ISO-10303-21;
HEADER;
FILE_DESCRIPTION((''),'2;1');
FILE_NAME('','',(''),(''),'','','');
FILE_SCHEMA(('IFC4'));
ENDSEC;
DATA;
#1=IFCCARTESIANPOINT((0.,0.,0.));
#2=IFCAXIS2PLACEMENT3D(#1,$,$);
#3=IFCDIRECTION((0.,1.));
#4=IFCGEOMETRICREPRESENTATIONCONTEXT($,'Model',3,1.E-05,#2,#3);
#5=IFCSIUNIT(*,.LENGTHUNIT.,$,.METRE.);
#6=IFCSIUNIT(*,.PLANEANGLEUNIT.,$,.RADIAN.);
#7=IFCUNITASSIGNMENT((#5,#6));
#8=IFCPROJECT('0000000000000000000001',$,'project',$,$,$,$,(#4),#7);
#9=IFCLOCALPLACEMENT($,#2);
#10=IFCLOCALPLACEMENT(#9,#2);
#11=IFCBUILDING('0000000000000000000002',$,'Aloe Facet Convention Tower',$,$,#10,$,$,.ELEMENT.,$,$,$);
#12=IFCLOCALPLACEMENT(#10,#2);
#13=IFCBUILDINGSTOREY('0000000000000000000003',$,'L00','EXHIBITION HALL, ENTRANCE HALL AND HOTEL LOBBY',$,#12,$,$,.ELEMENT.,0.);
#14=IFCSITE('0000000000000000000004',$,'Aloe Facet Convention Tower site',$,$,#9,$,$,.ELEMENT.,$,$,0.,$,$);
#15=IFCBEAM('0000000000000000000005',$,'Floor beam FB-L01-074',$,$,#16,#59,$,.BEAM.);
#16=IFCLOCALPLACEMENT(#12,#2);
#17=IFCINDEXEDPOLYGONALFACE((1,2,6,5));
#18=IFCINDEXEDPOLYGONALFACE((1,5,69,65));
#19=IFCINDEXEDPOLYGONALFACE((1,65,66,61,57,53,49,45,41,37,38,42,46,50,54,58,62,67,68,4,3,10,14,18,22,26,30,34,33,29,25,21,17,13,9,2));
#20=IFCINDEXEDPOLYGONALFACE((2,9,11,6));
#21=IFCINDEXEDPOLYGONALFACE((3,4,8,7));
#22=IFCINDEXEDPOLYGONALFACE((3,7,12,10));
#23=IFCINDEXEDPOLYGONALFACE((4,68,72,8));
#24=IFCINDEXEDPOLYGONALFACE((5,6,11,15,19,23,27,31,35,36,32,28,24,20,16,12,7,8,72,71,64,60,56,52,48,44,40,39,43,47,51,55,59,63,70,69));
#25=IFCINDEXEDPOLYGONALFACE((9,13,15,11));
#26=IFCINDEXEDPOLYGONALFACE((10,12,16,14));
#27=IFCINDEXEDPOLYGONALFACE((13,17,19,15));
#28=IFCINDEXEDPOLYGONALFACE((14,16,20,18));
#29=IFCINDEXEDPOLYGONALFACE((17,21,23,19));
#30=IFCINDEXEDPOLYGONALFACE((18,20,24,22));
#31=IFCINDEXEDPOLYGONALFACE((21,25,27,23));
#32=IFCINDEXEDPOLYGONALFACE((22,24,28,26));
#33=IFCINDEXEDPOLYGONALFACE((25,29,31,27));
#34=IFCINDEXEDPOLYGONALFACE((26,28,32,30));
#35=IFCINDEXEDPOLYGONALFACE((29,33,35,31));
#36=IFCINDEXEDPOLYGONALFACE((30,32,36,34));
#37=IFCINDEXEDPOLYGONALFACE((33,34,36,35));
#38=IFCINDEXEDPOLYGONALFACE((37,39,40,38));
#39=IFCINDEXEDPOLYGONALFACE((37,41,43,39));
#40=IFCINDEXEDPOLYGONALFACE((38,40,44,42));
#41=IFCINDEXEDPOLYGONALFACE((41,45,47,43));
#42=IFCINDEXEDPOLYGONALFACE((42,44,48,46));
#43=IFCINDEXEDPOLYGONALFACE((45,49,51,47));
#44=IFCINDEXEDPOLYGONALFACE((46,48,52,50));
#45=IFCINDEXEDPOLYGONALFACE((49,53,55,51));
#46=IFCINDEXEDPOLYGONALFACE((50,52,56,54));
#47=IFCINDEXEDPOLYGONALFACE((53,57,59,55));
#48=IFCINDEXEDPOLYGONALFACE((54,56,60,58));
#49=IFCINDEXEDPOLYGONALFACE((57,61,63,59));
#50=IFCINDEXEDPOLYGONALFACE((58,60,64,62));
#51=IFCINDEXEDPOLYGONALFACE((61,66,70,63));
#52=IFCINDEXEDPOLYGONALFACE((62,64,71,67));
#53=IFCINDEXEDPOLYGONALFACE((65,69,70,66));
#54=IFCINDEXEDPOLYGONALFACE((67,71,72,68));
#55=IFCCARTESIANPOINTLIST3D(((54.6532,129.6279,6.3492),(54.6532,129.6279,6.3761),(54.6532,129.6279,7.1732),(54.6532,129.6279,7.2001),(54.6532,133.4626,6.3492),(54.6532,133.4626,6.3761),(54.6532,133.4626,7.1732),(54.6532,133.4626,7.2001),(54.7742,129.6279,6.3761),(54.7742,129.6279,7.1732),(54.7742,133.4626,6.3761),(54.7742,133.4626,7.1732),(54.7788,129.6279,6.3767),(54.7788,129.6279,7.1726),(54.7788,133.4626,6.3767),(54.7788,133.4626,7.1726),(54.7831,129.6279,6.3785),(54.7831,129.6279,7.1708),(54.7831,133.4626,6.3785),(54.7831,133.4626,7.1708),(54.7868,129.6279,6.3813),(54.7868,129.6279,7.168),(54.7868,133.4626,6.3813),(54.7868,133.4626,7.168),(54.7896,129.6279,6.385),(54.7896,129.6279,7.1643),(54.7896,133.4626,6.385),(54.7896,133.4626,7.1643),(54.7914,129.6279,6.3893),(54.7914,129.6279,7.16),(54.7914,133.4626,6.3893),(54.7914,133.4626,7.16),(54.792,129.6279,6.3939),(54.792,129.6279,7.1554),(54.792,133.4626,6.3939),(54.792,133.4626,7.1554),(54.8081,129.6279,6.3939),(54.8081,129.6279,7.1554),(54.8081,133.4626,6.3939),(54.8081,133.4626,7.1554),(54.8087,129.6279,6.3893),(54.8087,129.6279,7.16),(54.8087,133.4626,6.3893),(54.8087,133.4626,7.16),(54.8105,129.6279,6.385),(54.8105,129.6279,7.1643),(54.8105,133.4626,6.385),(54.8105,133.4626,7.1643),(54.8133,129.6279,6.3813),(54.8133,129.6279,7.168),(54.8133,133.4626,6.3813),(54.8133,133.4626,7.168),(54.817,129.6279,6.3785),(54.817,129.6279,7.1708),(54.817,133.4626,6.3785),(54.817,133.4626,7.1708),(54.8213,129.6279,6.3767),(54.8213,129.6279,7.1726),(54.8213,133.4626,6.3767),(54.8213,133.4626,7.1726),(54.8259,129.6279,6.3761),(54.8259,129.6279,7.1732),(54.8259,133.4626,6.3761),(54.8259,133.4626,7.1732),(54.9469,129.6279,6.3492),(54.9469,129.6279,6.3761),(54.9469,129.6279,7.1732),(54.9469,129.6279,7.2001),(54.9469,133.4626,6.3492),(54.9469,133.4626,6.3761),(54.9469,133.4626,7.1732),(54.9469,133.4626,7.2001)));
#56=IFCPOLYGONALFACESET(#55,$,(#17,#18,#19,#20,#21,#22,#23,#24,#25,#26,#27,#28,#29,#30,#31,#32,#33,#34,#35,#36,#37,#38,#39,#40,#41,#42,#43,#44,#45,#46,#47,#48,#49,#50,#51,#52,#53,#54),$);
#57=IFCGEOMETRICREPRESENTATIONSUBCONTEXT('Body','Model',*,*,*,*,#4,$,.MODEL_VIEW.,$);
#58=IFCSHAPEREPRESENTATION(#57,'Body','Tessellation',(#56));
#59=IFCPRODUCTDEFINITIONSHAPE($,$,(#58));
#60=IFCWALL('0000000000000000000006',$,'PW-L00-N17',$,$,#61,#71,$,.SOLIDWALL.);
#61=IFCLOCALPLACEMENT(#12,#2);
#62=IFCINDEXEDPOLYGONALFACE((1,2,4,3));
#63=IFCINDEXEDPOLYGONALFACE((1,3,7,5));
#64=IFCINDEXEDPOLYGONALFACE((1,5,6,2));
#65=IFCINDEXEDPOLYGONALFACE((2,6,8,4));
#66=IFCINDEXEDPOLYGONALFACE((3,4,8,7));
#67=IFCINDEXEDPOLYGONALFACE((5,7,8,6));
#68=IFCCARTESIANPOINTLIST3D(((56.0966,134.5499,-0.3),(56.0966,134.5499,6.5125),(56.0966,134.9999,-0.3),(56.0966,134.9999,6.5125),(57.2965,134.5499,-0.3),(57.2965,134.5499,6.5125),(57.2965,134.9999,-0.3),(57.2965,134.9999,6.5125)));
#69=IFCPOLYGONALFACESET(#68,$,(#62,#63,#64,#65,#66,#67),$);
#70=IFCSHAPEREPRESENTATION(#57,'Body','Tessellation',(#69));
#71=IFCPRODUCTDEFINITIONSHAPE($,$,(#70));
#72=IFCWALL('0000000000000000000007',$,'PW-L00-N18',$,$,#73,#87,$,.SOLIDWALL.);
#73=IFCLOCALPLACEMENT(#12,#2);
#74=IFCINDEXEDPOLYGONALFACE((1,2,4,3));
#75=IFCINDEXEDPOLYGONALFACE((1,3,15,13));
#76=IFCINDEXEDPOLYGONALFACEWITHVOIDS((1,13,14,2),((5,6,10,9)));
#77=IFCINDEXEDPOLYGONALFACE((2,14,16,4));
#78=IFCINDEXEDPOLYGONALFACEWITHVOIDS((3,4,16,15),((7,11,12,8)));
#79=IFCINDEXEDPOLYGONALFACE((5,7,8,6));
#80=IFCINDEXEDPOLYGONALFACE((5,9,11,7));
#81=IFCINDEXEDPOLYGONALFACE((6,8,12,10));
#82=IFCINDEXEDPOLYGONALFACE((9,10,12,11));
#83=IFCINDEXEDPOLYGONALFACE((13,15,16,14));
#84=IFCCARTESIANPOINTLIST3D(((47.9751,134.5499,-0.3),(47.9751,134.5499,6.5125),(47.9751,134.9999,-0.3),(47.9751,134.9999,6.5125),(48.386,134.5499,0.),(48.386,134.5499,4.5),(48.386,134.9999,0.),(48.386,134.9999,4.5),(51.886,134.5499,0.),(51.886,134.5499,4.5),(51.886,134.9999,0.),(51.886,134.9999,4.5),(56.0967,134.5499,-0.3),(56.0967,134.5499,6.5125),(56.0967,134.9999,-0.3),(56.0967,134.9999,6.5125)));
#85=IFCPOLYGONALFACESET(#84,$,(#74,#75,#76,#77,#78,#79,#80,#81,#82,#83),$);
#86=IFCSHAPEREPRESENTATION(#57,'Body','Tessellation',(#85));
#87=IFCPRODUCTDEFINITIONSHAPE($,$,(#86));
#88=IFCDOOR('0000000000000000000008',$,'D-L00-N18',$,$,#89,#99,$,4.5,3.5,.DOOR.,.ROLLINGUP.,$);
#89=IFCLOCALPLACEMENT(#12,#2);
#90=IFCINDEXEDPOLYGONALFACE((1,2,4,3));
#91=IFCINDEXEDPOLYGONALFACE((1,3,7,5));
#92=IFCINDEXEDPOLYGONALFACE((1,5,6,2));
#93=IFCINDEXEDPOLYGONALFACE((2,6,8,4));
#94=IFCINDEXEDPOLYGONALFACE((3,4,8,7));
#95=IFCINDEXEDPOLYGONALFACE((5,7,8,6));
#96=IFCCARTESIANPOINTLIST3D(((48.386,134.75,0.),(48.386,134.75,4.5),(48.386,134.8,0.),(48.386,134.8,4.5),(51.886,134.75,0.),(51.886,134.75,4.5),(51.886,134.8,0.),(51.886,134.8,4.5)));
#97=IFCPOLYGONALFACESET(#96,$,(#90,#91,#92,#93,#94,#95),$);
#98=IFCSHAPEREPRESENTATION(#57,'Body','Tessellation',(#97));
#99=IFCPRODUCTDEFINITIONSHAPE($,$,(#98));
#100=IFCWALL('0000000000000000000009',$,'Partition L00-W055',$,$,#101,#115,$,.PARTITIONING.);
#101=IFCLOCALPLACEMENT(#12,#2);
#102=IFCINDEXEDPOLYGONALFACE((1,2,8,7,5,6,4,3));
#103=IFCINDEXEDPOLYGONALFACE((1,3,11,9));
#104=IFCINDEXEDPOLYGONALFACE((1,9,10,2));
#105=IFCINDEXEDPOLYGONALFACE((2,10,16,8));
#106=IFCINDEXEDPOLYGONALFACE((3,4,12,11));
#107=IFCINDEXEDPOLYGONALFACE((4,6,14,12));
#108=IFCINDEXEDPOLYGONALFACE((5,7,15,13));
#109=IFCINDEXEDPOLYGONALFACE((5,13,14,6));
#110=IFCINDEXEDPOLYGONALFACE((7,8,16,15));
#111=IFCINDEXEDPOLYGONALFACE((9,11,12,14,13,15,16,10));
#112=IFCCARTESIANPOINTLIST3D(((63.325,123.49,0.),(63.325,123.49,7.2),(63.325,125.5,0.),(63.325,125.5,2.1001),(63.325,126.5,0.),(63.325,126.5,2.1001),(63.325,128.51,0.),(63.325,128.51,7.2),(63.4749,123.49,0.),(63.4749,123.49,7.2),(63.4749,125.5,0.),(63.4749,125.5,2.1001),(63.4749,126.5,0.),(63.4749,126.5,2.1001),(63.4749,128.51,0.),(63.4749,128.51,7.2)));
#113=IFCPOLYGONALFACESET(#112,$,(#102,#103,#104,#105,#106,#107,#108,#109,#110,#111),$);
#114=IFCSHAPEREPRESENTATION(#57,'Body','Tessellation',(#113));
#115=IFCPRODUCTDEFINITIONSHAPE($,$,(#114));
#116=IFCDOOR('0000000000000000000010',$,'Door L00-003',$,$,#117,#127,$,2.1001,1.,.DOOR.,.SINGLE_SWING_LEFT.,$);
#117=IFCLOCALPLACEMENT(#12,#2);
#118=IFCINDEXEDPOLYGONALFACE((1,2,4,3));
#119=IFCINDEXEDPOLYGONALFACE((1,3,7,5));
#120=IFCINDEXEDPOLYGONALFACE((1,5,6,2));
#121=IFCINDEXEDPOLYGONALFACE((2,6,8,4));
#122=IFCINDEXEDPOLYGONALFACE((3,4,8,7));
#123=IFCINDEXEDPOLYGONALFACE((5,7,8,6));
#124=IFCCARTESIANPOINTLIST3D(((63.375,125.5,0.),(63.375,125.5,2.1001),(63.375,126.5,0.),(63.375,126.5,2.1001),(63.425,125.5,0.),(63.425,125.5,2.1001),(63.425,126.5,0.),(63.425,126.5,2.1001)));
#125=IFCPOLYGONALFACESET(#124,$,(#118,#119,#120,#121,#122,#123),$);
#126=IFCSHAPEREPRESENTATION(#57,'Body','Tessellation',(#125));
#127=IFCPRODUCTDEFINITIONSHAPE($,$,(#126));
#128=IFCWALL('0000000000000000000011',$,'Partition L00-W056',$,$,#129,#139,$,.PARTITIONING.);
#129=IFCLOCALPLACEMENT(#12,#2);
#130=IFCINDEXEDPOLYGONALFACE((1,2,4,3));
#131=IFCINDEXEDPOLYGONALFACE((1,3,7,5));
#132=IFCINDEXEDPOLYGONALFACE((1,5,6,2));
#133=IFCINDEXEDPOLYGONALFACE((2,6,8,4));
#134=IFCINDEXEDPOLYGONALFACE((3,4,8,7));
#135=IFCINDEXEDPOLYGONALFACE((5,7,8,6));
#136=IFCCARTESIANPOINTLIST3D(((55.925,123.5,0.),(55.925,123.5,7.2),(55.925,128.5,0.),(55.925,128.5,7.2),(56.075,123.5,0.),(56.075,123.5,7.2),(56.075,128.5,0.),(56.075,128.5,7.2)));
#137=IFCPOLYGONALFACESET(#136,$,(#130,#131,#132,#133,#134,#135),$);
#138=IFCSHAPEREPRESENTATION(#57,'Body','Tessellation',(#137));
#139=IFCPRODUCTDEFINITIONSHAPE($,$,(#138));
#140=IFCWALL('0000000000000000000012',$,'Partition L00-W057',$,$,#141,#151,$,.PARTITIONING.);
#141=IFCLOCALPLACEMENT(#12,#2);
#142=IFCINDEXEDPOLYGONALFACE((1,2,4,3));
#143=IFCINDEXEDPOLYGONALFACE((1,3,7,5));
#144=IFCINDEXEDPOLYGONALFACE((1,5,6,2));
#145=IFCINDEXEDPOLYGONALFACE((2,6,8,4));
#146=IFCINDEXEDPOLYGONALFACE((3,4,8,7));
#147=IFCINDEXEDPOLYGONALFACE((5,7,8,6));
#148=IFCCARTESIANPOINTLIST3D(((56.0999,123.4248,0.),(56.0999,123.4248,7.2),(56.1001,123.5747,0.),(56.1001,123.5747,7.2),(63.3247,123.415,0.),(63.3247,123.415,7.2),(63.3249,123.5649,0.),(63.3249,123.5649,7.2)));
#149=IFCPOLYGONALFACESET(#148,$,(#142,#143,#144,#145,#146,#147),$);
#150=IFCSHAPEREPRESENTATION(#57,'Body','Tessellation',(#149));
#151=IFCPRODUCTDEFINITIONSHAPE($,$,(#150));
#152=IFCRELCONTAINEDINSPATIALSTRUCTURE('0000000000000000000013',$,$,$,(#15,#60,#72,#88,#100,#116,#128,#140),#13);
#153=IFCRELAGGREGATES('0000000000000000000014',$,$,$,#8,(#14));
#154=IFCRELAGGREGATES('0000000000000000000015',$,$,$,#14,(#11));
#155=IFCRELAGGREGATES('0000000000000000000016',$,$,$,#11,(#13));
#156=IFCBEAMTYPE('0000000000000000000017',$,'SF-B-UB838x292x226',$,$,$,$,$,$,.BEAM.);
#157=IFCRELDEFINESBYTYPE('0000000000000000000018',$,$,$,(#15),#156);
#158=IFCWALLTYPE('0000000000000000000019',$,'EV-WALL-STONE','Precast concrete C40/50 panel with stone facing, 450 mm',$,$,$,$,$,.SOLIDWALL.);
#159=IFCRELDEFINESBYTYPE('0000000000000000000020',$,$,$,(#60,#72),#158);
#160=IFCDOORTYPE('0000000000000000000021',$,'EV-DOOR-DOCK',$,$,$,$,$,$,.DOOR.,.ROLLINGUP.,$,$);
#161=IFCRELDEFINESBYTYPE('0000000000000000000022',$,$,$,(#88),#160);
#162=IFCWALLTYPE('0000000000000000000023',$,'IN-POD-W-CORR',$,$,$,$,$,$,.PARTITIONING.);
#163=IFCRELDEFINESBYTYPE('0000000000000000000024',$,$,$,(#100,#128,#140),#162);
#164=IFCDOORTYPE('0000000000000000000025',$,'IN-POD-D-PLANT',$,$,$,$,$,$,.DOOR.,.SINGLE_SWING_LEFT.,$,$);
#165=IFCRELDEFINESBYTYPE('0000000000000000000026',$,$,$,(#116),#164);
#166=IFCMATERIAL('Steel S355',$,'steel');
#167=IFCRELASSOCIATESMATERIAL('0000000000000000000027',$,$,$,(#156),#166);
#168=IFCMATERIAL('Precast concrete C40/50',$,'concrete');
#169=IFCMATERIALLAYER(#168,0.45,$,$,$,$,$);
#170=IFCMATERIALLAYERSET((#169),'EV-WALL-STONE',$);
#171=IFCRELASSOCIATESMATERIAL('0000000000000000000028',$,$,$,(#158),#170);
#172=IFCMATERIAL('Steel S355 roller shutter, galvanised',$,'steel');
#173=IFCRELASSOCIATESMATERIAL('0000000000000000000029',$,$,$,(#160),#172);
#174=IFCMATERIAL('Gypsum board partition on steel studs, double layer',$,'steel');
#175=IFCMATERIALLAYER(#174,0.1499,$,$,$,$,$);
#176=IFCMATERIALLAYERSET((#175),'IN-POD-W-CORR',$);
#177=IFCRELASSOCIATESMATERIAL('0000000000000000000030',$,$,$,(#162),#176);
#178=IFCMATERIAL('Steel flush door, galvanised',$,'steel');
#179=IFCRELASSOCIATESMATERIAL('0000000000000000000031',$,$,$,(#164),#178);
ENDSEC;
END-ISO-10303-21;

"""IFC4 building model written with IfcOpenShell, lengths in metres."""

from ifc_helpers import new_model, si_unit, direction, frame, frame_2d, origin, origin_2d, place, context, subcontext, project, spatial, rectangle, i_section, extrude, material, layer, layer_set, material_profile, profile_set, type_object, element, fill, save


model = new_model("IFC4")

# Units and contexts
model_context = context("Model", 3, precision=1e-05, world=origin(), true_north=direction((0.0, 1.0)))
body_context = subcontext(model_context, "Body", "Model", "MODEL_VIEW")
ifc_project = project(units=[si_unit("LENGTHUNIT", "METRE"), si_unit("PLANEANGLEUNIT", "RADIAN")], contexts=[model_context])

# Site, building, storey
site_placement = place(None, origin())
site = spatial("IfcSite", under=ifc_project, at=site_placement, Name="Aloe Facet Convention Tower site", CompositionType="ELEMENT", RefElevation=0.0)
building_placement = place(site_placement, origin())
building = spatial("IfcBuilding", under=site, at=building_placement, Name="Aloe Facet Convention Tower", CompositionType="ELEMENT")
storey_placement = place(building_placement, origin())
storey = spatial("IfcBuildingStorey", under=building, at=storey_placement, Name="L00", Description="EXHIBITION HALL, ENTRANCE HALL AND HOTEL LOBBY", CompositionType="ELEMENT", Elevation=0.0)

# Beam
ifc_material_1 = material(Name="Steel S355", Category="steel")
ifc_material_profile_1 = material_profile(ifc_material_1, i_section(OverallWidth=0.2937, OverallDepth=0.8508, WebThickness=0.0161, FlangeThickness=0.0269, FilletRadius=0.0178, at=origin_2d()), Name="UB 838x292x226")
ifc_profile_set_1 = profile_set([ifc_material_profile_1], Name="Steel S355")
beam_type_1 = type_object("IfcBeamType", Name="SF-B-UB838x292x226", PredefinedType="BEAM", material=ifc_profile_set_1)
beam_1_placement = place(storey_placement, frame((54.8, 129.6279, 6.7747), z_axis=(0.0, 1.0, 0.0), x_axis=(-1.0, 0.0, 0.0)))
element("IfcBeam", 1, at=beam_1_placement, inside=storey, type_object=beam_type_1, Name="Floor beam FB-L01-074", PredefinedType="BEAM", context=body_context, shape_type="SweptSolid", body=[
    extrude(i_section(OverallWidth=0.2937, OverallDepth=0.8508, WebThickness=0.0161, FlangeThickness=0.0269, FilletRadius=0.0178, at=origin_2d()), origin(), (0.0, 0.0, 1.0), 3.8347),
])

# Wall
ifc_material_2 = material(Name="Precast concrete C40/50", Category="concrete")
ifc_layer_1 = layer(ifc_material_2, 0.45)
ifc_layer_set_1 = layer_set([ifc_layer_1], Name="EV-WALL-STONE")
wall_type_1 = type_object("IfcWallType", Name="EV-WALL-STONE", Description="Precast concrete C40/50 panel with stone facing, 450 mm", PredefinedType="SOLIDWALL", material=ifc_layer_set_1)
wall_1_placement = place(storey_placement, frame((57.2966, 134.7749, -0.3), z_axis=(0.0, 0.0, 1.0), x_axis=(-1.0, 0.0, 0.0)))
element("IfcWall", 2, at=wall_1_placement, inside=storey, type_object=wall_type_1, Name="PW-L00-N17", PredefinedType="SOLIDWALL", context=body_context, shape_type="SweptSolid", body=[
    extrude(rectangle(XDim=1.2, YDim=0.45, at=frame_2d((0.6001, 0.0))), origin(), (0.0, 0.0, 1.0), 6.8125),
])

# Walls, openings, doors
wall_2_placement = place(storey_placement, frame((56.0967, 134.7749, -0.3), z_axis=(0.0, 0.0, 1.0), x_axis=(-1.0, 0.0, 0.0)))
wall_2 = element("IfcWall", 3, at=wall_2_placement, inside=storey, type_object=wall_type_1, Name="PW-L00-N18", PredefinedType="SOLIDWALL", context=body_context, shape_type="SweptSolid", body=[
    extrude(rectangle(XDim=8.1216, YDim=0.45, at=frame_2d((4.0608, 0.0))), origin(), (0.0, 0.0, 1.0), 6.8125),
])
opening_1_placement = place(wall_2_placement, frame((4.2107, 0.0, 0.3)))
opening_1 = element("IfcOpeningElement", 4, at=opening_1_placement, cuts=wall_2, PredefinedType="OPENING", context=body_context, shape_type="SweptSolid", body=[
    extrude(rectangle(XDim=3.5, YDim=4.5, at=frame_2d((1.75, 2.25))), frame((0.0, 0.2349, 0.0), z_axis=(0.0, -1.0, 0.0), x_axis=(1.0, 0.0, 0.0)), (0.0, 0.0, 1.0), 0.47),
])
ifc_material_3 = material(Name="Steel S355 roller shutter, galvanised", Category="steel")
door_type_1 = type_object("IfcDoorType", Name="EV-DOOR-DOCK", OperationType="ROLLINGUP", PredefinedType="DOOR", material=ifc_material_3)
door_1_placement = place(opening_1_placement, origin())
door_1 = element("IfcDoor", 5, at=door_1_placement, inside=storey, type_object=door_type_1, Name="D-L00-N18", OperationType="ROLLINGUP", OverallHeight=4.5, OverallWidth=3.5, PredefinedType="DOOR", context=body_context, shape_type="SweptSolid", body=[
    extrude(rectangle(XDim=3.5, YDim=4.5, at=frame_2d((1.75, 2.25))), frame((0.0, 0.0249, 0.0), z_axis=(0.0, -1.0, 0.0), x_axis=(1.0, 0.0, 0.0)), (0.0, 0.0, 1.0), 0.05),
])
fill(opening_1, door_1)
ifc_material_4 = material(Name="Gypsum board partition on steel studs, double layer", Category="steel")
ifc_layer_2 = layer(ifc_material_4, 0.1499)
ifc_layer_set_2 = layer_set([ifc_layer_2], Name="IN-POD-W-CORR")
wall_type_2 = type_object("IfcWallType", Name="IN-POD-W-CORR", PredefinedType="PARTITIONING", material=ifc_layer_set_2)
wall_3_placement = place(storey_placement, frame((63.3999, 123.49, 0.0), z_axis=(0.0, 0.0, 1.0), x_axis=(0.0, 1.0, 0.0)))
wall_3 = element("IfcWall", 6, at=wall_3_placement, inside=storey, type_object=wall_type_2, Name="Partition L00-W055", PredefinedType="PARTITIONING", context=body_context, shape_type="SweptSolid", body=[
    extrude(rectangle(XDim=5.02, YDim=0.1499, at=frame_2d((2.51, 0.0))), origin(), (0.0, 0.0, 1.0), 7.2),
])
opening_2_placement = place(wall_3_placement, frame((2.01, 0.0, 0.0)))
opening_2 = element("IfcOpeningElement", 7, at=opening_2_placement, cuts=wall_3, PredefinedType="OPENING", context=body_context, shape_type="SweptSolid", body=[
    extrude(rectangle(XDim=1.0, YDim=2.1001, at=frame_2d((0.5, 1.05))), frame((0.0, 0.085, 0.0), z_axis=(0.0, -1.0, 0.0), x_axis=(1.0, 0.0, 0.0)), (0.0, 0.0, 1.0), 0.1699),
])
ifc_material_5 = material(Name="Steel flush door, galvanised", Category="steel")
door_type_2 = type_object("IfcDoorType", Name="IN-POD-D-PLANT", OperationType="SINGLE_SWING_LEFT", PredefinedType="DOOR", material=ifc_material_5)
door_2_placement = place(opening_2_placement, origin())
door_2 = element("IfcDoor", 8, at=door_2_placement, inside=storey, type_object=door_type_2, Name="Door L00-003", OperationType="SINGLE_SWING_LEFT", OverallHeight=2.1001, OverallWidth=1.0, PredefinedType="DOOR", context=body_context, shape_type="SweptSolid", body=[
    extrude(rectangle(XDim=1.0, YDim=2.1001, at=frame_2d((0.5, 1.05))), frame((0.0, 0.0249, 0.0), z_axis=(0.0, -1.0, 0.0), x_axis=(1.0, 0.0, 0.0)), (0.0, 0.0, 1.0), 0.05),
])
fill(opening_2, door_2)

# Walls
wall_4_placement = place(storey_placement, frame((56.0, 123.5, 0.0), z_axis=(0.0, 0.0, 1.0), x_axis=(0.0, 1.0, 0.0)))
element("IfcWall", 9, at=wall_4_placement, inside=storey, type_object=wall_type_2, Name="Partition L00-W056", PredefinedType="PARTITIONING", context=body_context, shape_type="SweptSolid", body=[
    extrude(rectangle(XDim=5.0, YDim=0.1499, at=frame_2d((2.5, 0.0))), origin(), (0.0, 0.0, 1.0), 7.2),
])
wall_5_placement = place(storey_placement, frame((56.1001, 123.4998, 0.0), z_axis=(0.0, 0.0, 1.0), x_axis=(0.999999, -0.001352, 0.0)))
element("IfcWall", 10, at=wall_5_placement, inside=storey, type_object=wall_type_2, Name="Partition L00-W057", PredefinedType="PARTITIONING", context=body_context, shape_type="SweptSolid", body=[
    extrude(rectangle(XDim=7.2249, YDim=0.1499, at=frame_2d((3.6123, 0.0))), origin(), (0.0, 0.0, 1.0), 7.2),
])

save(model, "model.ifc")
